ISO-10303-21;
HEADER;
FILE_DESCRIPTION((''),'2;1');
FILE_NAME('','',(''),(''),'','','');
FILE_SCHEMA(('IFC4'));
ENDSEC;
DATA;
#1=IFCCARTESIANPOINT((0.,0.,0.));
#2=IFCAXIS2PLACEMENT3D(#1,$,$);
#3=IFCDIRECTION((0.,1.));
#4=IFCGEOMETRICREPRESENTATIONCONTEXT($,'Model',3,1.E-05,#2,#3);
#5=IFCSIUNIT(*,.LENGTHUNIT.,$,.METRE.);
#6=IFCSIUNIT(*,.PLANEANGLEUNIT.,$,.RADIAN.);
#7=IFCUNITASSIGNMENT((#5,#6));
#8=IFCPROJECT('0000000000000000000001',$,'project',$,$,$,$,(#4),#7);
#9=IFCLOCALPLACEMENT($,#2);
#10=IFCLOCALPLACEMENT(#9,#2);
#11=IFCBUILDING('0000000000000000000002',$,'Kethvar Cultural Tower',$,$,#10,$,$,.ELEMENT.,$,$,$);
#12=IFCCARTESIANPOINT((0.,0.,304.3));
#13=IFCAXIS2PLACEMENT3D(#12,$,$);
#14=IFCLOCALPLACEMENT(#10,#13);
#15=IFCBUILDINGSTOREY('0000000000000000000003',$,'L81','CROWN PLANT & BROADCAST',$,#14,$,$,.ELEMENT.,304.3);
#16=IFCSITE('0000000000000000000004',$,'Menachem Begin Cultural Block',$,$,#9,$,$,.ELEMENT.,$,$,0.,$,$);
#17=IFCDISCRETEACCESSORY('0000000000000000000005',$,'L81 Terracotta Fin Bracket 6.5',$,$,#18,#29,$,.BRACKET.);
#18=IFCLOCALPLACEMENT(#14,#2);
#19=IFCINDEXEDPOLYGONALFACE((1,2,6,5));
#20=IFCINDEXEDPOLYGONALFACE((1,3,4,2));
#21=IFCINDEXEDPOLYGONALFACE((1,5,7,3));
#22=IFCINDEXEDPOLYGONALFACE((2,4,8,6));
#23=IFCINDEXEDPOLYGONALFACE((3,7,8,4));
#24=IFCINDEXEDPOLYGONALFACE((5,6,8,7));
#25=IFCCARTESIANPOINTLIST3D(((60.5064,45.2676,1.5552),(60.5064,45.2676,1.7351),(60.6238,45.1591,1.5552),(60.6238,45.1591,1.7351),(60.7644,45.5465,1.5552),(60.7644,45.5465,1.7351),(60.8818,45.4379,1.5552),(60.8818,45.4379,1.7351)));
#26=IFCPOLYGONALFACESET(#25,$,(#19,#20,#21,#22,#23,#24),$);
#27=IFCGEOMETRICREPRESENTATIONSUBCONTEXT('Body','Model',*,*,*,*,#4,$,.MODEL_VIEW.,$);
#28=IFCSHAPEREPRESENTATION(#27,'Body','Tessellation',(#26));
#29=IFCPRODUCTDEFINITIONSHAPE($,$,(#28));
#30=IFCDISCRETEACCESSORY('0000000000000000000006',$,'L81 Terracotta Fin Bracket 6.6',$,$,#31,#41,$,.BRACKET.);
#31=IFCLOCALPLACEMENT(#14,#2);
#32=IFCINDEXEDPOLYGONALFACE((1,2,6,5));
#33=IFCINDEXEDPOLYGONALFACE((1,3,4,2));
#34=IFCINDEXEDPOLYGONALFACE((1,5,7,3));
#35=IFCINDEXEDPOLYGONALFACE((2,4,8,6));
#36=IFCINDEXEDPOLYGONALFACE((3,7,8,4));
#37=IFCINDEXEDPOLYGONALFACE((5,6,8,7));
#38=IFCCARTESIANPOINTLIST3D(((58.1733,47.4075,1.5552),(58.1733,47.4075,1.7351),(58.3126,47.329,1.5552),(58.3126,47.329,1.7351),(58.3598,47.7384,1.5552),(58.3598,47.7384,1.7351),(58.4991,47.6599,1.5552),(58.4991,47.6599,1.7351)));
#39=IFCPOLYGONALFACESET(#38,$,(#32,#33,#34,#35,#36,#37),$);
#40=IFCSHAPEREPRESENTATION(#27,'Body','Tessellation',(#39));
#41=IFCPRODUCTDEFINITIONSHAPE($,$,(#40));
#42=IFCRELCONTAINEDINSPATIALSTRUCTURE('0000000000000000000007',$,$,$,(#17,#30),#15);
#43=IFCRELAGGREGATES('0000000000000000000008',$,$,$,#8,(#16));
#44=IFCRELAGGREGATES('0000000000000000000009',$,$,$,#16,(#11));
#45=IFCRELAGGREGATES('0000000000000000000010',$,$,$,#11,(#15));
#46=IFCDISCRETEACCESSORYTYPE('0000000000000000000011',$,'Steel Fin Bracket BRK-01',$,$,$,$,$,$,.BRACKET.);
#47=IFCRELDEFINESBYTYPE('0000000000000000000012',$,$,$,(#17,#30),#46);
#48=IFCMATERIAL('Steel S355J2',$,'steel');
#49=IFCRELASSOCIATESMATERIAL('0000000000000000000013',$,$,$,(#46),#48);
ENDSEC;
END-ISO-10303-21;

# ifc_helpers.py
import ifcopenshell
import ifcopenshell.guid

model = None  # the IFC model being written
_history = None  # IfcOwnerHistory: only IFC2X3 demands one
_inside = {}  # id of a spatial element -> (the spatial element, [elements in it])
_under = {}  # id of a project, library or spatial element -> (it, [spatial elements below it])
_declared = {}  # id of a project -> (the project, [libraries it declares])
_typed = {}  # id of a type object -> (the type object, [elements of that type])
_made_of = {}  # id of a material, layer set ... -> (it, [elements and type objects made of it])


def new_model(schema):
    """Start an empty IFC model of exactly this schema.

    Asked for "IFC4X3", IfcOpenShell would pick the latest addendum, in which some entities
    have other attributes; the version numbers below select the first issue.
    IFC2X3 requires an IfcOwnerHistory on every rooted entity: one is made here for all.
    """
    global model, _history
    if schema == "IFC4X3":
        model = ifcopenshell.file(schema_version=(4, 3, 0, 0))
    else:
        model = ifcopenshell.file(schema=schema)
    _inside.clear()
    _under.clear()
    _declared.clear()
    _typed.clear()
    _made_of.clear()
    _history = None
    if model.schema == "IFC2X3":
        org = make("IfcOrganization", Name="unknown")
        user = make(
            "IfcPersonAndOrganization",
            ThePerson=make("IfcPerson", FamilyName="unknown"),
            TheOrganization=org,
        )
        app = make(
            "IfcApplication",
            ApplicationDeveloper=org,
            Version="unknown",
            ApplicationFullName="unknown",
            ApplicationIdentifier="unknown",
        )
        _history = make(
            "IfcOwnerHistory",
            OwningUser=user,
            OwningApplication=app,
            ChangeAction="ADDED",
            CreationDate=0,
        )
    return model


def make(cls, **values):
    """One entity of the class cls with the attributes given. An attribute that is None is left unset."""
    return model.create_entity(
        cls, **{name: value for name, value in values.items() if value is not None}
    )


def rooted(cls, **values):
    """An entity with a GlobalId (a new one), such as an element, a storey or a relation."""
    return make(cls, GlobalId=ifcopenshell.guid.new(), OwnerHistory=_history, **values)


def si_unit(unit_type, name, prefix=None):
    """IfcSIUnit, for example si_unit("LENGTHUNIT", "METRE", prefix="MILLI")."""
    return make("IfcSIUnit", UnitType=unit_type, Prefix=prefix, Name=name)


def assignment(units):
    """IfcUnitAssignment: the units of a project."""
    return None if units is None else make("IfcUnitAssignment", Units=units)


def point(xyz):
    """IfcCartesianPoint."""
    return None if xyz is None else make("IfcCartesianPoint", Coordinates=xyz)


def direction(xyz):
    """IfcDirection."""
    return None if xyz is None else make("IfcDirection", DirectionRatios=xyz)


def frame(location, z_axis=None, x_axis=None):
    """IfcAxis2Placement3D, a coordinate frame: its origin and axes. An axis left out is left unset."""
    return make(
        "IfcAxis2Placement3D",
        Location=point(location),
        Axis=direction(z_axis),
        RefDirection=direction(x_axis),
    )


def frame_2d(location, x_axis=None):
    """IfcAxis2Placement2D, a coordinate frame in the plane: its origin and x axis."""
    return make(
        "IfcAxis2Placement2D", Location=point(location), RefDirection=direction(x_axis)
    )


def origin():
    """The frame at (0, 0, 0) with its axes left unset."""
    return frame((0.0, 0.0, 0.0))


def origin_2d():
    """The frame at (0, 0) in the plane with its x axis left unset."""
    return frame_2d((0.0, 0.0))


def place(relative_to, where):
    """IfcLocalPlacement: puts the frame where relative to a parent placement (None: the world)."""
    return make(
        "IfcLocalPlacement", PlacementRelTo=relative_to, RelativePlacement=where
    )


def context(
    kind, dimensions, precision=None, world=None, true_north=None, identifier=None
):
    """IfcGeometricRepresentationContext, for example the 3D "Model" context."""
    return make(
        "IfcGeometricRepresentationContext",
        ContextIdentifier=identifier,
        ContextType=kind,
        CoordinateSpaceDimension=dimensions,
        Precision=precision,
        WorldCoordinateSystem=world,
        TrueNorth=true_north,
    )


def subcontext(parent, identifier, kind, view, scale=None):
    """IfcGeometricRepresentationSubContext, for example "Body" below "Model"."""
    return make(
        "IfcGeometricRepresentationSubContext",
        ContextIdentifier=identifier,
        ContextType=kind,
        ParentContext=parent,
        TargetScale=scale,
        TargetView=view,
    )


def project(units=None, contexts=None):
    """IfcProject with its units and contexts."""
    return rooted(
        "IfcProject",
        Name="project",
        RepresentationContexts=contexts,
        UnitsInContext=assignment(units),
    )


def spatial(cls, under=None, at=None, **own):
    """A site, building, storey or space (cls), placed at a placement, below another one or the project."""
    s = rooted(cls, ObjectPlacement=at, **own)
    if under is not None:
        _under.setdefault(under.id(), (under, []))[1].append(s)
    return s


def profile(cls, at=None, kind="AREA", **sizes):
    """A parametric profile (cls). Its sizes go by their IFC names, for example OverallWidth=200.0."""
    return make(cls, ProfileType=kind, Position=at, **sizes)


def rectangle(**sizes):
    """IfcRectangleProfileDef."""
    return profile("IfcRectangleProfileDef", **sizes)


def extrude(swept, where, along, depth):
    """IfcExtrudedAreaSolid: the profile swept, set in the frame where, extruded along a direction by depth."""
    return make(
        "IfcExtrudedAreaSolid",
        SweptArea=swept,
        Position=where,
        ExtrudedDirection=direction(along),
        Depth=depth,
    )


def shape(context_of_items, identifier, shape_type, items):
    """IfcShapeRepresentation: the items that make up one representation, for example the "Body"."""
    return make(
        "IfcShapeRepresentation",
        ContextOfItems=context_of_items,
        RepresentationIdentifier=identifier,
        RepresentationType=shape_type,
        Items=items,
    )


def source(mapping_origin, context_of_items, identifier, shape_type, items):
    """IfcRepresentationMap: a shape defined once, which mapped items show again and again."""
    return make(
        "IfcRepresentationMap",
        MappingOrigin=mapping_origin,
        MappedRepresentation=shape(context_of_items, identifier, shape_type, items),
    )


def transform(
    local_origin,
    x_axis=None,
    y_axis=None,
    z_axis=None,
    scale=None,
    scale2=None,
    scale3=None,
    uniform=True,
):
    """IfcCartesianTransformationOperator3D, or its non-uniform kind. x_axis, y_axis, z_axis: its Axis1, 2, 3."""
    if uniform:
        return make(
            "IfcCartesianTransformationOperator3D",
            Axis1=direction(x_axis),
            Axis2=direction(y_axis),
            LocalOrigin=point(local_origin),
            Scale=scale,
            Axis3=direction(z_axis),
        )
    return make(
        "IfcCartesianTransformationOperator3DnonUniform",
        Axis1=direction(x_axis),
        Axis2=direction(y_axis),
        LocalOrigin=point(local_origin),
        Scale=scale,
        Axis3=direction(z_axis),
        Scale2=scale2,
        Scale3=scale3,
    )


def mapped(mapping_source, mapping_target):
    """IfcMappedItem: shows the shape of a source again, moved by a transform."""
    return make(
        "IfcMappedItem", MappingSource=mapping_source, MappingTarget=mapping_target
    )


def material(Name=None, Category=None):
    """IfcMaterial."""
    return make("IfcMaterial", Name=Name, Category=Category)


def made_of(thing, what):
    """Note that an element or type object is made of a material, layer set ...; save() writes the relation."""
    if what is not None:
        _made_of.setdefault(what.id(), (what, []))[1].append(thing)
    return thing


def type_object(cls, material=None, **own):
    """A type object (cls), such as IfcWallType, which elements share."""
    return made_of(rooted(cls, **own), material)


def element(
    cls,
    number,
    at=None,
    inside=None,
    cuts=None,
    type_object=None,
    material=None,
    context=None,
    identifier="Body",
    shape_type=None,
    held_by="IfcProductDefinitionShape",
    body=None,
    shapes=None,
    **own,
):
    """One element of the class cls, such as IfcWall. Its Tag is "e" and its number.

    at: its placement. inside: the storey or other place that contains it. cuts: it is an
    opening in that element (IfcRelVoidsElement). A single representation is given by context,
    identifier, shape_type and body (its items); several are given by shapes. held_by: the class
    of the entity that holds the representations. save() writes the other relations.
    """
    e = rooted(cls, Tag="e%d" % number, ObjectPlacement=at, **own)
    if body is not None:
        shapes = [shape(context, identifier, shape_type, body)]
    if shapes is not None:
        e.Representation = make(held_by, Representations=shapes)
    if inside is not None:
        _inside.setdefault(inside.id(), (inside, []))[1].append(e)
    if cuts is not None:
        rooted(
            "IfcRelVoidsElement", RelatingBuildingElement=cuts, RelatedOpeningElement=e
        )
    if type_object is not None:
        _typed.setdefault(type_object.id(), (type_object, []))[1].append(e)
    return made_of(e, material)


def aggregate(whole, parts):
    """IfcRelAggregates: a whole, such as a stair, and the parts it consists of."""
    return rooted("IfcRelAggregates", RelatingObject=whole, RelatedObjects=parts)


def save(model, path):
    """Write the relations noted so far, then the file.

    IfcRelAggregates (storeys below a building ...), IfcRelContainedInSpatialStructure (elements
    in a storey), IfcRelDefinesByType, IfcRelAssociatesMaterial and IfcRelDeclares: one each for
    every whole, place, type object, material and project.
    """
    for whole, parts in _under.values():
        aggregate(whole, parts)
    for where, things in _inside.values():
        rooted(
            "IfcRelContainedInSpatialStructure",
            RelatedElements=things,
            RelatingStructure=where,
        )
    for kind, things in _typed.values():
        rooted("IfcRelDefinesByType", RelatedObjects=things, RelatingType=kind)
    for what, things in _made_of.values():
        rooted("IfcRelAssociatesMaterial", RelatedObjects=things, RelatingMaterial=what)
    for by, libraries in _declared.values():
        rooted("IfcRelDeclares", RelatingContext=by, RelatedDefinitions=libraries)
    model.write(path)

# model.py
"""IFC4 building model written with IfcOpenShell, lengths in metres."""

from ifc_helpers import new_model, si_unit, direction, frame, origin, origin_2d, place, context, subcontext, project, spatial, rectangle, extrude, source, transform, mapped, material, type_object, element, save


model = new_model("IFC4")

# Units and contexts
model_context = context("Model", 3, precision=1e-05, world=origin(), true_north=direction((0.0, 1.0)))
body_context = subcontext(model_context, "Body", "Model", "MODEL_VIEW")
ifc_project = project(units=[si_unit("LENGTHUNIT", "METRE"), si_unit("PLANEANGLEUNIT", "RADIAN")], contexts=[model_context])

# Site, building, storey
site_placement = place(None, origin())
site = spatial("IfcSite", under=ifc_project, at=site_placement, Name="Menachem Begin Cultural Block", CompositionType="ELEMENT", RefElevation=0.0)
building_placement = place(site_placement, origin())
building = spatial("IfcBuilding", under=site, at=building_placement, Name="Kethvar Cultural Tower", CompositionType="ELEMENT")
storey_placement = place(building_placement, frame((0.0, 0.0, 304.3)))
storey = spatial("IfcBuildingStorey", under=building, at=storey_placement, Name="L81", Description="CROWN PLANT & BROADCAST", CompositionType="ELEMENT", Elevation=304.3)

# Shared definitions
ifc_material_1 = material(Name="Steel S355J2", Category="steel")

# Discrete accessories
discrete_accessory_type = type_object("IfcDiscreteAccessoryType", Name="Steel Fin Bracket BRK-01", PredefinedType="BRACKET", material=ifc_material_1)
shared_shape_1 = source(origin(), body_context, "Body", "SweptSolid", [
    extrude(rectangle(XDim=0.3799, YDim=0.1599, at=origin_2d()), origin(), (0.0, 0.0, 1.0), 0.1799),
])
for number, where, z_axis, x_axis, name in (
    (1, (60.6941, 45.3528, 1.5552), (0.0, 0.0, 1.0), (0.679057, 0.734086, 0.0), "L81 Terracotta Fin Bracket 6.5"),
    (2, (58.3362, 47.5337, 1.5552), (0.0, 0.0, 1.0), (0.491056, 0.871128, 0.0), "L81 Terracotta Fin Bracket 6.6"),
):
    element("IfcDiscreteAccessory", number, at=place(storey_placement, frame(where, z_axis=z_axis, x_axis=x_axis)), inside=storey, type_object=discrete_accessory_type, Name=name, PredefinedType="BRACKET", context=body_context, shape_type="MappedRepresentation", body=[
        mapped(shared_shape_1, transform((0.0, 0.0, 0.0), scale=1.0)),
    ])

save(model, "model.ifc")
